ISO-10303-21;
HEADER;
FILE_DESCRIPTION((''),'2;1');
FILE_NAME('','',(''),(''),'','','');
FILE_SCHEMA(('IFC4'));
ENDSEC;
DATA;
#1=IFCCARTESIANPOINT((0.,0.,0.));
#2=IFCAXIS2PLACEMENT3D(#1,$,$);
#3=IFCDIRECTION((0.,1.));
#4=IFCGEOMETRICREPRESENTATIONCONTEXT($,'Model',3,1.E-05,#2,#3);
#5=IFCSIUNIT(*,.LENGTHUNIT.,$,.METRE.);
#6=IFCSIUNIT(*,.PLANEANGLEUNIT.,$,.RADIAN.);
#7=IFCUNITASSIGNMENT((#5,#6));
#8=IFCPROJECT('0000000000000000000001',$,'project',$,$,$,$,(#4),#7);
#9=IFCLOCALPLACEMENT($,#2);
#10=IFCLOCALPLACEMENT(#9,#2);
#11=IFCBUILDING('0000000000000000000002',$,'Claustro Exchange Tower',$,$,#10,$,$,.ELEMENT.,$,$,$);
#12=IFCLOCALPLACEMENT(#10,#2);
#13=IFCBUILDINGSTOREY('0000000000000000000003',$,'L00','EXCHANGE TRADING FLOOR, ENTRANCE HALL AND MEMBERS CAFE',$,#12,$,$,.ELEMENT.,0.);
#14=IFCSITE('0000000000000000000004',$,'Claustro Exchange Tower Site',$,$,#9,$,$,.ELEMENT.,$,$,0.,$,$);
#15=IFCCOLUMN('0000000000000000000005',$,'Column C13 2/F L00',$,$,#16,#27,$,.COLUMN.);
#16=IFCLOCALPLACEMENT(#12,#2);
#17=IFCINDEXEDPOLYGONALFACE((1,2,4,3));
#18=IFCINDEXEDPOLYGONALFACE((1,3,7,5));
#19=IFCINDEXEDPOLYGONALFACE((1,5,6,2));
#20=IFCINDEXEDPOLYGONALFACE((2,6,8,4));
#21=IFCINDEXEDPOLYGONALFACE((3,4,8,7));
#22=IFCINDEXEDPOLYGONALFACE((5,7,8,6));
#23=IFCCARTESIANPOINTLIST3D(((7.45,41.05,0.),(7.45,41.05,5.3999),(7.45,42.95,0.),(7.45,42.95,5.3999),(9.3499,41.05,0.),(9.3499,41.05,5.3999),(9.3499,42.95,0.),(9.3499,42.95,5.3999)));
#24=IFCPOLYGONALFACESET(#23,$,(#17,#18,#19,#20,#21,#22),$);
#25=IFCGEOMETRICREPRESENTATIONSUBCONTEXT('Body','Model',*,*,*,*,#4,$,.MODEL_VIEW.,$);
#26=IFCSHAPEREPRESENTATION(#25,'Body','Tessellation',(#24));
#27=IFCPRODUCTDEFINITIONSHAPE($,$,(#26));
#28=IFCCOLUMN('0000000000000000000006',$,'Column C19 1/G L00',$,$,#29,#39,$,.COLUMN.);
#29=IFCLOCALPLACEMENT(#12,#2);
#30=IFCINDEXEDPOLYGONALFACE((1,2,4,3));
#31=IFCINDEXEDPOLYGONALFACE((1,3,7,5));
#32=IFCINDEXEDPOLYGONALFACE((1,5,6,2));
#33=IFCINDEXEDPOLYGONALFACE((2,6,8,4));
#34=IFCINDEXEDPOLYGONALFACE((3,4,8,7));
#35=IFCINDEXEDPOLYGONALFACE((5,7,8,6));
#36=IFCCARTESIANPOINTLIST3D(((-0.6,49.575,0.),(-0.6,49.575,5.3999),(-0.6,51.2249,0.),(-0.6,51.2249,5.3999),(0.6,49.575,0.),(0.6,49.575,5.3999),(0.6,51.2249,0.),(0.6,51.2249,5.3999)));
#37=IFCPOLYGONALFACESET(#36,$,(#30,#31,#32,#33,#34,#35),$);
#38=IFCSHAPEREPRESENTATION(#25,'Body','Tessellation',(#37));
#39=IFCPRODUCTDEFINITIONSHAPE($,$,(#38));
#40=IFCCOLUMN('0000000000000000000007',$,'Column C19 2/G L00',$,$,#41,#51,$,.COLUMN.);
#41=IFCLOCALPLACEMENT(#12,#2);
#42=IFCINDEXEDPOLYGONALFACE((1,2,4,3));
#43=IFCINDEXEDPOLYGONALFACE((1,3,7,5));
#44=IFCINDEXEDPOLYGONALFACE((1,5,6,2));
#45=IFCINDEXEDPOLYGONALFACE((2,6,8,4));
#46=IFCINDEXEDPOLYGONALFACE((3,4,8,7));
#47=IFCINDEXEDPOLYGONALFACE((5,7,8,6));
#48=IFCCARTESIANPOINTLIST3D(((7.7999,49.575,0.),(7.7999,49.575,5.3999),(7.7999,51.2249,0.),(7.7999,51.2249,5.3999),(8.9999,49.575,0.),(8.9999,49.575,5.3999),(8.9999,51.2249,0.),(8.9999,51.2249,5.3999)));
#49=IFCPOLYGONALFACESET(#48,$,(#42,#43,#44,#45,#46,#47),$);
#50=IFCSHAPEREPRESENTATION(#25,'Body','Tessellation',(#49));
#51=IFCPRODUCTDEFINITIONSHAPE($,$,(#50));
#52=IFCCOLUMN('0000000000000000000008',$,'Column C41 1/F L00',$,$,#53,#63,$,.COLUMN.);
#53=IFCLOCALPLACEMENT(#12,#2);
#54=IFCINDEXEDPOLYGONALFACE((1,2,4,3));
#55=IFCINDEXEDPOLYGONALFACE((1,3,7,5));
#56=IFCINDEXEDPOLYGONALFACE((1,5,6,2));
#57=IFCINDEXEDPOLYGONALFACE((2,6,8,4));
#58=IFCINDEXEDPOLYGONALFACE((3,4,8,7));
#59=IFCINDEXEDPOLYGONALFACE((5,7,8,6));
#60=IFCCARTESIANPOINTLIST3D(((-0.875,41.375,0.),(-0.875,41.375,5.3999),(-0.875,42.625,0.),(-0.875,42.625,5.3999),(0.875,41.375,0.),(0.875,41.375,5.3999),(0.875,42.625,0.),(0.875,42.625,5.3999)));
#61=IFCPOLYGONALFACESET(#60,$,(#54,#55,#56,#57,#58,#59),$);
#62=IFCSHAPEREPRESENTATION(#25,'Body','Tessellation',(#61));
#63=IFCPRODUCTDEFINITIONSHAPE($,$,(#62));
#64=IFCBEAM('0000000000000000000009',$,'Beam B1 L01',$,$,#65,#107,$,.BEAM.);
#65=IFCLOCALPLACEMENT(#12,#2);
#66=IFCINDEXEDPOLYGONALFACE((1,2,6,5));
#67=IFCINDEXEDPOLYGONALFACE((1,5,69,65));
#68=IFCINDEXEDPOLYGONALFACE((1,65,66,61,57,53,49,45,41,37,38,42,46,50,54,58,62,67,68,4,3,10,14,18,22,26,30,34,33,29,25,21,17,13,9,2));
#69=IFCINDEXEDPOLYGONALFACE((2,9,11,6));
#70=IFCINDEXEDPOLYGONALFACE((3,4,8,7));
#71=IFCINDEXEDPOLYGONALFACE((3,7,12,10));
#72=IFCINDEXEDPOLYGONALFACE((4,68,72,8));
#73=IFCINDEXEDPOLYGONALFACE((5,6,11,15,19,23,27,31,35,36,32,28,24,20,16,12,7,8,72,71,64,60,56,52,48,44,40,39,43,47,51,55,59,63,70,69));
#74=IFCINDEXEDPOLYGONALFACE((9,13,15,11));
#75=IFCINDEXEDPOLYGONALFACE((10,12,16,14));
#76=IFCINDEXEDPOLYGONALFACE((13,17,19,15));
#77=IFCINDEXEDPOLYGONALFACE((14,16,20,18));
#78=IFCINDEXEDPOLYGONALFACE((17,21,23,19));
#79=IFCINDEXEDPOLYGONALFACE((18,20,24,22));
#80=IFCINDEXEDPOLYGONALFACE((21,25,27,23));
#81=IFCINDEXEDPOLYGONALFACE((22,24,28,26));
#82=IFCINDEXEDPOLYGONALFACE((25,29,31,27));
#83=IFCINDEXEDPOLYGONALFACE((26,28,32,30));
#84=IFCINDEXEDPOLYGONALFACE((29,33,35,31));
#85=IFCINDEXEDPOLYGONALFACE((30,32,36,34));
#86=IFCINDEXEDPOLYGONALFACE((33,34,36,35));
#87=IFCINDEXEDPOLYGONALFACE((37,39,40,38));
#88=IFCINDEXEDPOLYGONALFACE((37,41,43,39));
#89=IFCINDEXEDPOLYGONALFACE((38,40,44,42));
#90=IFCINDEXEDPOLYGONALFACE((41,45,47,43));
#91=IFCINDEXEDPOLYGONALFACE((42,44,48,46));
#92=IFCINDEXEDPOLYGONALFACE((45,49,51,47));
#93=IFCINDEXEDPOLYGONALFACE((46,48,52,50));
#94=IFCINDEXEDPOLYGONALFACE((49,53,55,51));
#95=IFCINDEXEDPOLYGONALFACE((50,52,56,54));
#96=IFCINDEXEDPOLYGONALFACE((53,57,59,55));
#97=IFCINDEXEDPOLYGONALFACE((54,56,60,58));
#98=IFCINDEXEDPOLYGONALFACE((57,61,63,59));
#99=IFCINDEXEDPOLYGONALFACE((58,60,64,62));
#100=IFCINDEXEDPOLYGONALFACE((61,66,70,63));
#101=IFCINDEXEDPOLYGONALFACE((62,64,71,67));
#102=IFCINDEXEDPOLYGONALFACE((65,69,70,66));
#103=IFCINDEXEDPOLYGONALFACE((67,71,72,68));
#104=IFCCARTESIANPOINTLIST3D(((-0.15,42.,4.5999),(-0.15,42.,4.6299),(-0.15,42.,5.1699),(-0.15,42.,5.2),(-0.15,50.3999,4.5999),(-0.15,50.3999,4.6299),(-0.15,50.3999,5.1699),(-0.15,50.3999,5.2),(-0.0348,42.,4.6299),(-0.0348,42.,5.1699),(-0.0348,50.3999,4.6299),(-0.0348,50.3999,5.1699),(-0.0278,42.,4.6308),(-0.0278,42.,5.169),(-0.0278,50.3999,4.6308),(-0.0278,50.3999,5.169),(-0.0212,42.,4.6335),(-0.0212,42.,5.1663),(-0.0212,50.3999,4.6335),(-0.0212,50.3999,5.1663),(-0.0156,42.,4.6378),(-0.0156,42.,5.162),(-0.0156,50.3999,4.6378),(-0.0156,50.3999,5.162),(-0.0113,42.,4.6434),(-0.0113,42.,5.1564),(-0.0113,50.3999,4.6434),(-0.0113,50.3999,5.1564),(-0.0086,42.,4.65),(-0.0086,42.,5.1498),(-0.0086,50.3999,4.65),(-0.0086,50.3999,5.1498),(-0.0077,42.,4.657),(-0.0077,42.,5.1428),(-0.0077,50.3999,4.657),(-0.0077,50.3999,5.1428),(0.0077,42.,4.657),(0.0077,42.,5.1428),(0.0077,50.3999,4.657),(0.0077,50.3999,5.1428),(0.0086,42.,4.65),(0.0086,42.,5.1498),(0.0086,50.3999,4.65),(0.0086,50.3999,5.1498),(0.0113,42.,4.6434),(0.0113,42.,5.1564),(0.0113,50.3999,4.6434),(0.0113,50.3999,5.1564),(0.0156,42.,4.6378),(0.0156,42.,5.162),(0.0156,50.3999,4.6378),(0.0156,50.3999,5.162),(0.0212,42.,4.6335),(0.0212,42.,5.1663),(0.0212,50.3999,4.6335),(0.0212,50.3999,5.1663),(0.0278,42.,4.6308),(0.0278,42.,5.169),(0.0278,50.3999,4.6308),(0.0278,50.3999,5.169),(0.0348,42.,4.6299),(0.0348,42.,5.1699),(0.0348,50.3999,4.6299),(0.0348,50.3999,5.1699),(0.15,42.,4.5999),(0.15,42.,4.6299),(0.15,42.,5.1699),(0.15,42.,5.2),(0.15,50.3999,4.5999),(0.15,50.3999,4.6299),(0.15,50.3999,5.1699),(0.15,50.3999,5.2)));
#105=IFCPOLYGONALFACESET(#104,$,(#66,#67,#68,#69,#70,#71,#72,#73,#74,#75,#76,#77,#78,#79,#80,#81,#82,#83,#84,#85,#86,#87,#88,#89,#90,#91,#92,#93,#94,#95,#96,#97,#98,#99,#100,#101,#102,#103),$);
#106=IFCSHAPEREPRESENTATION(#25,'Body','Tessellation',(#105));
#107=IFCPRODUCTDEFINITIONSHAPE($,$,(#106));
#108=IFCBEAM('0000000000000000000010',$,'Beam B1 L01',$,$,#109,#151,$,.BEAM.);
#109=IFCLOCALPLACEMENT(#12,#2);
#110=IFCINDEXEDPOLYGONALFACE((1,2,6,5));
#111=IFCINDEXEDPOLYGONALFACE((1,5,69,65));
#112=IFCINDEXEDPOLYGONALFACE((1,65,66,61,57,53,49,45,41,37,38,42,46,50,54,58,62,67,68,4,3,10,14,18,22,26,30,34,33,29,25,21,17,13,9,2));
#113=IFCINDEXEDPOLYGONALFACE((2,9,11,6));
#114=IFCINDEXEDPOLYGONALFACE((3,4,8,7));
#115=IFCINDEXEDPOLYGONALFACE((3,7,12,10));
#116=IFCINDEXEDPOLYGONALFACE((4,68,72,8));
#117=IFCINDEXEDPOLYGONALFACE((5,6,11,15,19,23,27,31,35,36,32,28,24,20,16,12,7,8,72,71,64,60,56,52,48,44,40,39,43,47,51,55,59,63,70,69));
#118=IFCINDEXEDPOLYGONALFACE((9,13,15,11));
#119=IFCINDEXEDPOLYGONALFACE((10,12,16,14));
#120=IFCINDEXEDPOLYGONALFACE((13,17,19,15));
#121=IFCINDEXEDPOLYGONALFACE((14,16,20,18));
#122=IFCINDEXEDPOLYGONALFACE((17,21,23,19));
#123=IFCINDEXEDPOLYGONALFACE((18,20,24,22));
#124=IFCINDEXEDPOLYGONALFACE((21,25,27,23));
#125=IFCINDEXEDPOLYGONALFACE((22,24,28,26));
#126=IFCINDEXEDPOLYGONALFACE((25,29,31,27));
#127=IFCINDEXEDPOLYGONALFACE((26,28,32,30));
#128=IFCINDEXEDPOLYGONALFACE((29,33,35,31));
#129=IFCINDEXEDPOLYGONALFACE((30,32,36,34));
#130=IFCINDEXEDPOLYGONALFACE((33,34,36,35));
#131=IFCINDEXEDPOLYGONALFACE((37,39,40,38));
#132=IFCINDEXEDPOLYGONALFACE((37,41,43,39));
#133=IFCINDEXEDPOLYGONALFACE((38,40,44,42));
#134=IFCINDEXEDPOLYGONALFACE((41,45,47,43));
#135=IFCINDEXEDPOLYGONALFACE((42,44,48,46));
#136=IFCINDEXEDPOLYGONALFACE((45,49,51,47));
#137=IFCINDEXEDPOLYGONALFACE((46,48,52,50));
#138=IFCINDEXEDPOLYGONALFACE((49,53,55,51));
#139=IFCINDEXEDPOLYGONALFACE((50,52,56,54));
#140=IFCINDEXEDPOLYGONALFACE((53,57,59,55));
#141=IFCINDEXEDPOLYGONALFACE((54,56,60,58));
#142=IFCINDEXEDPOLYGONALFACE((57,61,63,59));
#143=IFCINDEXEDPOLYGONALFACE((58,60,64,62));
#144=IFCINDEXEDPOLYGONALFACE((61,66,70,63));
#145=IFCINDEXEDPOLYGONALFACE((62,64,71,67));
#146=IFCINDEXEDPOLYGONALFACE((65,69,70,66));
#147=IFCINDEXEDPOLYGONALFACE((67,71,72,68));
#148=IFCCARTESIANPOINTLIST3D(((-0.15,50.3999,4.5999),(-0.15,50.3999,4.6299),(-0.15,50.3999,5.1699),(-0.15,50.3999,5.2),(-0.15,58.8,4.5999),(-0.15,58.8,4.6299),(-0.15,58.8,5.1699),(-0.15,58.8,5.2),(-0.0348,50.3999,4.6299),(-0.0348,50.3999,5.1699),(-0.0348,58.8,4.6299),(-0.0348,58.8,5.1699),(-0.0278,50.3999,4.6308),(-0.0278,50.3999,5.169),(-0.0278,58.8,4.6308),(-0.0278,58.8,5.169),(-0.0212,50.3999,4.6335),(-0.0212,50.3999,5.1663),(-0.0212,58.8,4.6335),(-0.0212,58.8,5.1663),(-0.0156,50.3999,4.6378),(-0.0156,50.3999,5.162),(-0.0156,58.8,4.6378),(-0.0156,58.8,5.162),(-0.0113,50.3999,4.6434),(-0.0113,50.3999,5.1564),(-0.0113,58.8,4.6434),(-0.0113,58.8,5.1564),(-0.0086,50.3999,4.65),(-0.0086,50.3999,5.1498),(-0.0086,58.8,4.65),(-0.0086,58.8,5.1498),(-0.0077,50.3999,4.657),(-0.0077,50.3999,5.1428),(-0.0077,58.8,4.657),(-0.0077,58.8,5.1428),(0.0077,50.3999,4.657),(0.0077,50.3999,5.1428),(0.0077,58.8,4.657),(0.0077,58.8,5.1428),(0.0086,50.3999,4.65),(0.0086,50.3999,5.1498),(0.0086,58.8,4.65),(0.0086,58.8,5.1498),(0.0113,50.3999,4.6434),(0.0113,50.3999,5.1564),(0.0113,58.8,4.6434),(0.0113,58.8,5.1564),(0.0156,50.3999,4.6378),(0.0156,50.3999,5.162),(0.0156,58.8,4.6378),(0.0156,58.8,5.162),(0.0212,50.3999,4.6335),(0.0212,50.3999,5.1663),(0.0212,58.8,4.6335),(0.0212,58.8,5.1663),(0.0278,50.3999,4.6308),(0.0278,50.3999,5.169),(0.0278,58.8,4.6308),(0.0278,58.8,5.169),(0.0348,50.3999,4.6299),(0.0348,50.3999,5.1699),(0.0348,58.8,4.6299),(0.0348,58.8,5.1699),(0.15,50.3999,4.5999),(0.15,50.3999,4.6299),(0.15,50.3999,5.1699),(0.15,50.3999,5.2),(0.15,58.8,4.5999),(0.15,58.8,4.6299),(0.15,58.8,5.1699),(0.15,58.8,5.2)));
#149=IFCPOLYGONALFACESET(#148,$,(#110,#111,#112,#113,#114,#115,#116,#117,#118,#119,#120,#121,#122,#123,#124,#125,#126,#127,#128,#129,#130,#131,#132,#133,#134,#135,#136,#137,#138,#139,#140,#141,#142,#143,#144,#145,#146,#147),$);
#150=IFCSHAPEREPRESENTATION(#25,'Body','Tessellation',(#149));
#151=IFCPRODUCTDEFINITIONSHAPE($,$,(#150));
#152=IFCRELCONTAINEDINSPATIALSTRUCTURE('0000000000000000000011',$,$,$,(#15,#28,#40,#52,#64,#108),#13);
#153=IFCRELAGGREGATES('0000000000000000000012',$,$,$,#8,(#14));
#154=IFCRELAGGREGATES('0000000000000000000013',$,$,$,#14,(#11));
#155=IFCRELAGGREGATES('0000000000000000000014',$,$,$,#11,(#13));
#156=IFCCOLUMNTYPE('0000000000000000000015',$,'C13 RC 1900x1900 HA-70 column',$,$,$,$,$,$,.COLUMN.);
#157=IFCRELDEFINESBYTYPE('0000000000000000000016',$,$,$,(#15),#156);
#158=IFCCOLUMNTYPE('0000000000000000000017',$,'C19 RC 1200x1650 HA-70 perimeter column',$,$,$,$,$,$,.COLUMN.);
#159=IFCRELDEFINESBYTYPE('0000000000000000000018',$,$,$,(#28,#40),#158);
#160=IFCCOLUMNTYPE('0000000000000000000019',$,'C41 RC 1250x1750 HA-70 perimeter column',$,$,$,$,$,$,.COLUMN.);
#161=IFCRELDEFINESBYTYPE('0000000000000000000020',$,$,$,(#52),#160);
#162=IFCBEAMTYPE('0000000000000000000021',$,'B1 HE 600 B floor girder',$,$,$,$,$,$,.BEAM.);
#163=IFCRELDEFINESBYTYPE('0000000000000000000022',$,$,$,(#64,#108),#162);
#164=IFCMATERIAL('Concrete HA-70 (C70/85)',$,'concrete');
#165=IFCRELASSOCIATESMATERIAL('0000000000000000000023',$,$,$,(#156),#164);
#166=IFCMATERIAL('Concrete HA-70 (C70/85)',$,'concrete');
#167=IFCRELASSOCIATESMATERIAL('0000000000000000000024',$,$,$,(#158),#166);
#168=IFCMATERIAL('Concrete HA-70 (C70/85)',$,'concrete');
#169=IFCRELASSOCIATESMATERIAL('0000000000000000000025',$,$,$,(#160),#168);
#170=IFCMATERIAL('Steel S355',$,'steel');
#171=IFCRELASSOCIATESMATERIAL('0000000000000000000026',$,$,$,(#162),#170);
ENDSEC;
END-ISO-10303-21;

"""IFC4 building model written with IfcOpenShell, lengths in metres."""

from ifc_helpers import new_model, si_unit, direction, frame, origin, origin_2d, place, context, subcontext, project, spatial, rectangle, i_section, extrude, material, material_profile, profile_set, type_object, element, save


model = new_model("IFC4")

# Units and contexts
model_context = context("Model", 3, precision=1e-05, world=origin(), true_north=direction((0.0, 1.0)))
body_context = subcontext(model_context, "Body", "Model", "MODEL_VIEW")
ifc_project = project(units=[si_unit("LENGTHUNIT", "METRE"), si_unit("PLANEANGLEUNIT", "RADIAN")], contexts=[model_context])

# Site, building, storey
site_placement = place(None, origin())
site = spatial("IfcSite", under=ifc_project, at=site_placement, Name="Claustro Exchange Tower Site", CompositionType="ELEMENT", RefElevation=0.0)
building_placement = place(site_placement, origin())
building = spatial("IfcBuilding", under=site, at=building_placement, Name="Claustro Exchange Tower", CompositionType="ELEMENT")
storey_placement = place(building_placement, origin())
storey = spatial("IfcBuildingStorey", under=building, at=storey_placement, Name="L00", Description="EXCHANGE TRADING FLOOR, ENTRANCE HALL AND MEMBERS CAFE", CompositionType="ELEMENT", Elevation=0.0)

# Columns
ifc_material_1 = material(Name="Concrete HA-70 (C70/85)", Category="concrete")
ifc_material_profile_1 = material_profile(ifc_material_1, rectangle(XDim=1.8999, YDim=1.8999, at=origin_2d()), Name="RC 1900x1900")
ifc_profile_set_1 = profile_set([ifc_material_profile_1], Name="Concrete HA-70 (C70/85)")
column_type_1 = type_object("IfcColumnType", Name="C13 RC 1900x1900 HA-70 column", PredefinedType="COLUMN", material=ifc_profile_set_1)
column_1_placement = place(storey_placement, frame((8.3999, 42.0, 0.0), z_axis=(0.0, 0.0, 1.0), x_axis=(1.0, 0.0, 0.0)))
element("IfcColumn", 1, at=column_1_placement, inside=storey, type_object=column_type_1, Name="Column C13 2/F L00", PredefinedType="COLUMN", context=body_context, shape_type="SweptSolid", body=[
    extrude(rectangle(XDim=1.8999, YDim=1.8999, at=origin_2d()), origin(), (0.0, 0.0, 1.0), 5.3999),
])
ifc_material_2 = material(Name="Concrete HA-70 (C70/85)", Category="concrete")
ifc_material_profile_2 = material_profile(ifc_material_2, rectangle(XDim=1.2, YDim=1.6499, at=origin_2d()), Name="RC 1200x1650")
ifc_profile_set_2 = profile_set([ifc_material_profile_2], Name="Concrete HA-70 (C70/85)")
column_type_2 = type_object("IfcColumnType", Name="C19 RC 1200x1650 HA-70 perimeter column", PredefinedType="COLUMN", material=ifc_profile_set_2)
for number, where, z_axis, x_axis, name in (
    (2, (0.0, 50.3999, 0.0), (0.0, 0.0, 1.0), (1.0, 0.0, 0.0), "Column C19 1/G L00"),
    (3, (8.3999, 50.3999, 0.0), (0.0, 0.0, 1.0), (1.0, 0.0, 0.0), "Column C19 2/G L00"),
):
    element("IfcColumn", number, at=place(storey_placement, frame(where, z_axis=z_axis, x_axis=x_axis)), inside=storey, type_object=column_type_2, Name=name, PredefinedType="COLUMN", context=body_context, shape_type="SweptSolid", body=[
        extrude(rectangle(XDim=1.2, YDim=1.6499, at=origin_2d()), origin(), (0.0, 0.0, 1.0), 5.3999),
    ])
ifc_material_3 = material(Name="Concrete HA-70 (C70/85)", Category="concrete")
ifc_material_profile_3 = material_profile(ifc_material_3, rectangle(XDim=1.25, YDim=1.75, at=origin_2d()), Name="RC 1250x1750")
ifc_profile_set_3 = profile_set([ifc_material_profile_3], Name="Concrete HA-70 (C70/85)")
column_type_3 = type_object("IfcColumnType", Name="C41 RC 1250x1750 HA-70 perimeter column", PredefinedType="COLUMN", material=ifc_profile_set_3)
column_2_placement = place(storey_placement, frame((0.0, 42.0, 0.0), z_axis=(0.0, 0.0, 1.0), x_axis=(0.0, 1.0, 0.0)))
element("IfcColumn", 4, at=column_2_placement, inside=storey, type_object=column_type_3, Name="Column C41 1/F L00", PredefinedType="COLUMN", context=body_context, shape_type="SweptSolid", body=[
    extrude(rectangle(XDim=1.25, YDim=1.75, at=origin_2d()), origin(), (0.0, 0.0, 1.0), 5.3999),
])

# Beams
ifc_material_4 = material(Name="Steel S355", Category="steel")
ifc_material_profile_4 = material_profile(ifc_material_4, i_section(OverallWidth=0.3, OverallDepth=0.6001, WebThickness=0.0154, FlangeThickness=0.03, FilletRadius=0.0271, at=origin_2d()), Name="HE 600 B")
ifc_profile_set_4 = profile_set([ifc_material_profile_4], Name="Steel S355")
beam_type_1 = type_object("IfcBeamType", Name="B1 HE 600 B floor girder", PredefinedType="BEAM", material=ifc_profile_set_4)
beam_1_placement = place(storey_placement, frame((0.0, 42.0, 4.8999), z_axis=(0.0, 1.0, 0.0), x_axis=(-1.0, 0.0, 0.0)))
element("IfcBeam", 5, at=beam_1_placement, inside=storey, type_object=beam_type_1, Name="Beam B1 L01", PredefinedType="BEAM", context=body_context, shape_type="SweptSolid", body=[
    extrude(i_section(OverallWidth=0.3, OverallDepth=0.6001, WebThickness=0.0154, FlangeThickness=0.03, FilletRadius=0.0271, at=origin_2d()), origin(), (0.0, 0.0, 1.0), 8.3999),
])
beam_2_placement = place(storey_placement, frame((0.0, 50.3999, 4.8999), z_axis=(0.0, 1.0, 0.0), x_axis=(-1.0, 0.0, 0.0)))
element("IfcBeam", 6, at=beam_2_placement, inside=storey, type_object=beam_type_1, Name="Beam B1 L01", PredefinedType="BEAM", context=body_context, shape_type="SweptSolid", body=[
    extrude(i_section(OverallWidth=0.3, OverallDepth=0.6001, WebThickness=0.0154, FlangeThickness=0.03, FilletRadius=0.0271, at=origin_2d()), origin(), (0.0, 0.0, 1.0), 8.4001),
])

save(model, "model.ifc")
